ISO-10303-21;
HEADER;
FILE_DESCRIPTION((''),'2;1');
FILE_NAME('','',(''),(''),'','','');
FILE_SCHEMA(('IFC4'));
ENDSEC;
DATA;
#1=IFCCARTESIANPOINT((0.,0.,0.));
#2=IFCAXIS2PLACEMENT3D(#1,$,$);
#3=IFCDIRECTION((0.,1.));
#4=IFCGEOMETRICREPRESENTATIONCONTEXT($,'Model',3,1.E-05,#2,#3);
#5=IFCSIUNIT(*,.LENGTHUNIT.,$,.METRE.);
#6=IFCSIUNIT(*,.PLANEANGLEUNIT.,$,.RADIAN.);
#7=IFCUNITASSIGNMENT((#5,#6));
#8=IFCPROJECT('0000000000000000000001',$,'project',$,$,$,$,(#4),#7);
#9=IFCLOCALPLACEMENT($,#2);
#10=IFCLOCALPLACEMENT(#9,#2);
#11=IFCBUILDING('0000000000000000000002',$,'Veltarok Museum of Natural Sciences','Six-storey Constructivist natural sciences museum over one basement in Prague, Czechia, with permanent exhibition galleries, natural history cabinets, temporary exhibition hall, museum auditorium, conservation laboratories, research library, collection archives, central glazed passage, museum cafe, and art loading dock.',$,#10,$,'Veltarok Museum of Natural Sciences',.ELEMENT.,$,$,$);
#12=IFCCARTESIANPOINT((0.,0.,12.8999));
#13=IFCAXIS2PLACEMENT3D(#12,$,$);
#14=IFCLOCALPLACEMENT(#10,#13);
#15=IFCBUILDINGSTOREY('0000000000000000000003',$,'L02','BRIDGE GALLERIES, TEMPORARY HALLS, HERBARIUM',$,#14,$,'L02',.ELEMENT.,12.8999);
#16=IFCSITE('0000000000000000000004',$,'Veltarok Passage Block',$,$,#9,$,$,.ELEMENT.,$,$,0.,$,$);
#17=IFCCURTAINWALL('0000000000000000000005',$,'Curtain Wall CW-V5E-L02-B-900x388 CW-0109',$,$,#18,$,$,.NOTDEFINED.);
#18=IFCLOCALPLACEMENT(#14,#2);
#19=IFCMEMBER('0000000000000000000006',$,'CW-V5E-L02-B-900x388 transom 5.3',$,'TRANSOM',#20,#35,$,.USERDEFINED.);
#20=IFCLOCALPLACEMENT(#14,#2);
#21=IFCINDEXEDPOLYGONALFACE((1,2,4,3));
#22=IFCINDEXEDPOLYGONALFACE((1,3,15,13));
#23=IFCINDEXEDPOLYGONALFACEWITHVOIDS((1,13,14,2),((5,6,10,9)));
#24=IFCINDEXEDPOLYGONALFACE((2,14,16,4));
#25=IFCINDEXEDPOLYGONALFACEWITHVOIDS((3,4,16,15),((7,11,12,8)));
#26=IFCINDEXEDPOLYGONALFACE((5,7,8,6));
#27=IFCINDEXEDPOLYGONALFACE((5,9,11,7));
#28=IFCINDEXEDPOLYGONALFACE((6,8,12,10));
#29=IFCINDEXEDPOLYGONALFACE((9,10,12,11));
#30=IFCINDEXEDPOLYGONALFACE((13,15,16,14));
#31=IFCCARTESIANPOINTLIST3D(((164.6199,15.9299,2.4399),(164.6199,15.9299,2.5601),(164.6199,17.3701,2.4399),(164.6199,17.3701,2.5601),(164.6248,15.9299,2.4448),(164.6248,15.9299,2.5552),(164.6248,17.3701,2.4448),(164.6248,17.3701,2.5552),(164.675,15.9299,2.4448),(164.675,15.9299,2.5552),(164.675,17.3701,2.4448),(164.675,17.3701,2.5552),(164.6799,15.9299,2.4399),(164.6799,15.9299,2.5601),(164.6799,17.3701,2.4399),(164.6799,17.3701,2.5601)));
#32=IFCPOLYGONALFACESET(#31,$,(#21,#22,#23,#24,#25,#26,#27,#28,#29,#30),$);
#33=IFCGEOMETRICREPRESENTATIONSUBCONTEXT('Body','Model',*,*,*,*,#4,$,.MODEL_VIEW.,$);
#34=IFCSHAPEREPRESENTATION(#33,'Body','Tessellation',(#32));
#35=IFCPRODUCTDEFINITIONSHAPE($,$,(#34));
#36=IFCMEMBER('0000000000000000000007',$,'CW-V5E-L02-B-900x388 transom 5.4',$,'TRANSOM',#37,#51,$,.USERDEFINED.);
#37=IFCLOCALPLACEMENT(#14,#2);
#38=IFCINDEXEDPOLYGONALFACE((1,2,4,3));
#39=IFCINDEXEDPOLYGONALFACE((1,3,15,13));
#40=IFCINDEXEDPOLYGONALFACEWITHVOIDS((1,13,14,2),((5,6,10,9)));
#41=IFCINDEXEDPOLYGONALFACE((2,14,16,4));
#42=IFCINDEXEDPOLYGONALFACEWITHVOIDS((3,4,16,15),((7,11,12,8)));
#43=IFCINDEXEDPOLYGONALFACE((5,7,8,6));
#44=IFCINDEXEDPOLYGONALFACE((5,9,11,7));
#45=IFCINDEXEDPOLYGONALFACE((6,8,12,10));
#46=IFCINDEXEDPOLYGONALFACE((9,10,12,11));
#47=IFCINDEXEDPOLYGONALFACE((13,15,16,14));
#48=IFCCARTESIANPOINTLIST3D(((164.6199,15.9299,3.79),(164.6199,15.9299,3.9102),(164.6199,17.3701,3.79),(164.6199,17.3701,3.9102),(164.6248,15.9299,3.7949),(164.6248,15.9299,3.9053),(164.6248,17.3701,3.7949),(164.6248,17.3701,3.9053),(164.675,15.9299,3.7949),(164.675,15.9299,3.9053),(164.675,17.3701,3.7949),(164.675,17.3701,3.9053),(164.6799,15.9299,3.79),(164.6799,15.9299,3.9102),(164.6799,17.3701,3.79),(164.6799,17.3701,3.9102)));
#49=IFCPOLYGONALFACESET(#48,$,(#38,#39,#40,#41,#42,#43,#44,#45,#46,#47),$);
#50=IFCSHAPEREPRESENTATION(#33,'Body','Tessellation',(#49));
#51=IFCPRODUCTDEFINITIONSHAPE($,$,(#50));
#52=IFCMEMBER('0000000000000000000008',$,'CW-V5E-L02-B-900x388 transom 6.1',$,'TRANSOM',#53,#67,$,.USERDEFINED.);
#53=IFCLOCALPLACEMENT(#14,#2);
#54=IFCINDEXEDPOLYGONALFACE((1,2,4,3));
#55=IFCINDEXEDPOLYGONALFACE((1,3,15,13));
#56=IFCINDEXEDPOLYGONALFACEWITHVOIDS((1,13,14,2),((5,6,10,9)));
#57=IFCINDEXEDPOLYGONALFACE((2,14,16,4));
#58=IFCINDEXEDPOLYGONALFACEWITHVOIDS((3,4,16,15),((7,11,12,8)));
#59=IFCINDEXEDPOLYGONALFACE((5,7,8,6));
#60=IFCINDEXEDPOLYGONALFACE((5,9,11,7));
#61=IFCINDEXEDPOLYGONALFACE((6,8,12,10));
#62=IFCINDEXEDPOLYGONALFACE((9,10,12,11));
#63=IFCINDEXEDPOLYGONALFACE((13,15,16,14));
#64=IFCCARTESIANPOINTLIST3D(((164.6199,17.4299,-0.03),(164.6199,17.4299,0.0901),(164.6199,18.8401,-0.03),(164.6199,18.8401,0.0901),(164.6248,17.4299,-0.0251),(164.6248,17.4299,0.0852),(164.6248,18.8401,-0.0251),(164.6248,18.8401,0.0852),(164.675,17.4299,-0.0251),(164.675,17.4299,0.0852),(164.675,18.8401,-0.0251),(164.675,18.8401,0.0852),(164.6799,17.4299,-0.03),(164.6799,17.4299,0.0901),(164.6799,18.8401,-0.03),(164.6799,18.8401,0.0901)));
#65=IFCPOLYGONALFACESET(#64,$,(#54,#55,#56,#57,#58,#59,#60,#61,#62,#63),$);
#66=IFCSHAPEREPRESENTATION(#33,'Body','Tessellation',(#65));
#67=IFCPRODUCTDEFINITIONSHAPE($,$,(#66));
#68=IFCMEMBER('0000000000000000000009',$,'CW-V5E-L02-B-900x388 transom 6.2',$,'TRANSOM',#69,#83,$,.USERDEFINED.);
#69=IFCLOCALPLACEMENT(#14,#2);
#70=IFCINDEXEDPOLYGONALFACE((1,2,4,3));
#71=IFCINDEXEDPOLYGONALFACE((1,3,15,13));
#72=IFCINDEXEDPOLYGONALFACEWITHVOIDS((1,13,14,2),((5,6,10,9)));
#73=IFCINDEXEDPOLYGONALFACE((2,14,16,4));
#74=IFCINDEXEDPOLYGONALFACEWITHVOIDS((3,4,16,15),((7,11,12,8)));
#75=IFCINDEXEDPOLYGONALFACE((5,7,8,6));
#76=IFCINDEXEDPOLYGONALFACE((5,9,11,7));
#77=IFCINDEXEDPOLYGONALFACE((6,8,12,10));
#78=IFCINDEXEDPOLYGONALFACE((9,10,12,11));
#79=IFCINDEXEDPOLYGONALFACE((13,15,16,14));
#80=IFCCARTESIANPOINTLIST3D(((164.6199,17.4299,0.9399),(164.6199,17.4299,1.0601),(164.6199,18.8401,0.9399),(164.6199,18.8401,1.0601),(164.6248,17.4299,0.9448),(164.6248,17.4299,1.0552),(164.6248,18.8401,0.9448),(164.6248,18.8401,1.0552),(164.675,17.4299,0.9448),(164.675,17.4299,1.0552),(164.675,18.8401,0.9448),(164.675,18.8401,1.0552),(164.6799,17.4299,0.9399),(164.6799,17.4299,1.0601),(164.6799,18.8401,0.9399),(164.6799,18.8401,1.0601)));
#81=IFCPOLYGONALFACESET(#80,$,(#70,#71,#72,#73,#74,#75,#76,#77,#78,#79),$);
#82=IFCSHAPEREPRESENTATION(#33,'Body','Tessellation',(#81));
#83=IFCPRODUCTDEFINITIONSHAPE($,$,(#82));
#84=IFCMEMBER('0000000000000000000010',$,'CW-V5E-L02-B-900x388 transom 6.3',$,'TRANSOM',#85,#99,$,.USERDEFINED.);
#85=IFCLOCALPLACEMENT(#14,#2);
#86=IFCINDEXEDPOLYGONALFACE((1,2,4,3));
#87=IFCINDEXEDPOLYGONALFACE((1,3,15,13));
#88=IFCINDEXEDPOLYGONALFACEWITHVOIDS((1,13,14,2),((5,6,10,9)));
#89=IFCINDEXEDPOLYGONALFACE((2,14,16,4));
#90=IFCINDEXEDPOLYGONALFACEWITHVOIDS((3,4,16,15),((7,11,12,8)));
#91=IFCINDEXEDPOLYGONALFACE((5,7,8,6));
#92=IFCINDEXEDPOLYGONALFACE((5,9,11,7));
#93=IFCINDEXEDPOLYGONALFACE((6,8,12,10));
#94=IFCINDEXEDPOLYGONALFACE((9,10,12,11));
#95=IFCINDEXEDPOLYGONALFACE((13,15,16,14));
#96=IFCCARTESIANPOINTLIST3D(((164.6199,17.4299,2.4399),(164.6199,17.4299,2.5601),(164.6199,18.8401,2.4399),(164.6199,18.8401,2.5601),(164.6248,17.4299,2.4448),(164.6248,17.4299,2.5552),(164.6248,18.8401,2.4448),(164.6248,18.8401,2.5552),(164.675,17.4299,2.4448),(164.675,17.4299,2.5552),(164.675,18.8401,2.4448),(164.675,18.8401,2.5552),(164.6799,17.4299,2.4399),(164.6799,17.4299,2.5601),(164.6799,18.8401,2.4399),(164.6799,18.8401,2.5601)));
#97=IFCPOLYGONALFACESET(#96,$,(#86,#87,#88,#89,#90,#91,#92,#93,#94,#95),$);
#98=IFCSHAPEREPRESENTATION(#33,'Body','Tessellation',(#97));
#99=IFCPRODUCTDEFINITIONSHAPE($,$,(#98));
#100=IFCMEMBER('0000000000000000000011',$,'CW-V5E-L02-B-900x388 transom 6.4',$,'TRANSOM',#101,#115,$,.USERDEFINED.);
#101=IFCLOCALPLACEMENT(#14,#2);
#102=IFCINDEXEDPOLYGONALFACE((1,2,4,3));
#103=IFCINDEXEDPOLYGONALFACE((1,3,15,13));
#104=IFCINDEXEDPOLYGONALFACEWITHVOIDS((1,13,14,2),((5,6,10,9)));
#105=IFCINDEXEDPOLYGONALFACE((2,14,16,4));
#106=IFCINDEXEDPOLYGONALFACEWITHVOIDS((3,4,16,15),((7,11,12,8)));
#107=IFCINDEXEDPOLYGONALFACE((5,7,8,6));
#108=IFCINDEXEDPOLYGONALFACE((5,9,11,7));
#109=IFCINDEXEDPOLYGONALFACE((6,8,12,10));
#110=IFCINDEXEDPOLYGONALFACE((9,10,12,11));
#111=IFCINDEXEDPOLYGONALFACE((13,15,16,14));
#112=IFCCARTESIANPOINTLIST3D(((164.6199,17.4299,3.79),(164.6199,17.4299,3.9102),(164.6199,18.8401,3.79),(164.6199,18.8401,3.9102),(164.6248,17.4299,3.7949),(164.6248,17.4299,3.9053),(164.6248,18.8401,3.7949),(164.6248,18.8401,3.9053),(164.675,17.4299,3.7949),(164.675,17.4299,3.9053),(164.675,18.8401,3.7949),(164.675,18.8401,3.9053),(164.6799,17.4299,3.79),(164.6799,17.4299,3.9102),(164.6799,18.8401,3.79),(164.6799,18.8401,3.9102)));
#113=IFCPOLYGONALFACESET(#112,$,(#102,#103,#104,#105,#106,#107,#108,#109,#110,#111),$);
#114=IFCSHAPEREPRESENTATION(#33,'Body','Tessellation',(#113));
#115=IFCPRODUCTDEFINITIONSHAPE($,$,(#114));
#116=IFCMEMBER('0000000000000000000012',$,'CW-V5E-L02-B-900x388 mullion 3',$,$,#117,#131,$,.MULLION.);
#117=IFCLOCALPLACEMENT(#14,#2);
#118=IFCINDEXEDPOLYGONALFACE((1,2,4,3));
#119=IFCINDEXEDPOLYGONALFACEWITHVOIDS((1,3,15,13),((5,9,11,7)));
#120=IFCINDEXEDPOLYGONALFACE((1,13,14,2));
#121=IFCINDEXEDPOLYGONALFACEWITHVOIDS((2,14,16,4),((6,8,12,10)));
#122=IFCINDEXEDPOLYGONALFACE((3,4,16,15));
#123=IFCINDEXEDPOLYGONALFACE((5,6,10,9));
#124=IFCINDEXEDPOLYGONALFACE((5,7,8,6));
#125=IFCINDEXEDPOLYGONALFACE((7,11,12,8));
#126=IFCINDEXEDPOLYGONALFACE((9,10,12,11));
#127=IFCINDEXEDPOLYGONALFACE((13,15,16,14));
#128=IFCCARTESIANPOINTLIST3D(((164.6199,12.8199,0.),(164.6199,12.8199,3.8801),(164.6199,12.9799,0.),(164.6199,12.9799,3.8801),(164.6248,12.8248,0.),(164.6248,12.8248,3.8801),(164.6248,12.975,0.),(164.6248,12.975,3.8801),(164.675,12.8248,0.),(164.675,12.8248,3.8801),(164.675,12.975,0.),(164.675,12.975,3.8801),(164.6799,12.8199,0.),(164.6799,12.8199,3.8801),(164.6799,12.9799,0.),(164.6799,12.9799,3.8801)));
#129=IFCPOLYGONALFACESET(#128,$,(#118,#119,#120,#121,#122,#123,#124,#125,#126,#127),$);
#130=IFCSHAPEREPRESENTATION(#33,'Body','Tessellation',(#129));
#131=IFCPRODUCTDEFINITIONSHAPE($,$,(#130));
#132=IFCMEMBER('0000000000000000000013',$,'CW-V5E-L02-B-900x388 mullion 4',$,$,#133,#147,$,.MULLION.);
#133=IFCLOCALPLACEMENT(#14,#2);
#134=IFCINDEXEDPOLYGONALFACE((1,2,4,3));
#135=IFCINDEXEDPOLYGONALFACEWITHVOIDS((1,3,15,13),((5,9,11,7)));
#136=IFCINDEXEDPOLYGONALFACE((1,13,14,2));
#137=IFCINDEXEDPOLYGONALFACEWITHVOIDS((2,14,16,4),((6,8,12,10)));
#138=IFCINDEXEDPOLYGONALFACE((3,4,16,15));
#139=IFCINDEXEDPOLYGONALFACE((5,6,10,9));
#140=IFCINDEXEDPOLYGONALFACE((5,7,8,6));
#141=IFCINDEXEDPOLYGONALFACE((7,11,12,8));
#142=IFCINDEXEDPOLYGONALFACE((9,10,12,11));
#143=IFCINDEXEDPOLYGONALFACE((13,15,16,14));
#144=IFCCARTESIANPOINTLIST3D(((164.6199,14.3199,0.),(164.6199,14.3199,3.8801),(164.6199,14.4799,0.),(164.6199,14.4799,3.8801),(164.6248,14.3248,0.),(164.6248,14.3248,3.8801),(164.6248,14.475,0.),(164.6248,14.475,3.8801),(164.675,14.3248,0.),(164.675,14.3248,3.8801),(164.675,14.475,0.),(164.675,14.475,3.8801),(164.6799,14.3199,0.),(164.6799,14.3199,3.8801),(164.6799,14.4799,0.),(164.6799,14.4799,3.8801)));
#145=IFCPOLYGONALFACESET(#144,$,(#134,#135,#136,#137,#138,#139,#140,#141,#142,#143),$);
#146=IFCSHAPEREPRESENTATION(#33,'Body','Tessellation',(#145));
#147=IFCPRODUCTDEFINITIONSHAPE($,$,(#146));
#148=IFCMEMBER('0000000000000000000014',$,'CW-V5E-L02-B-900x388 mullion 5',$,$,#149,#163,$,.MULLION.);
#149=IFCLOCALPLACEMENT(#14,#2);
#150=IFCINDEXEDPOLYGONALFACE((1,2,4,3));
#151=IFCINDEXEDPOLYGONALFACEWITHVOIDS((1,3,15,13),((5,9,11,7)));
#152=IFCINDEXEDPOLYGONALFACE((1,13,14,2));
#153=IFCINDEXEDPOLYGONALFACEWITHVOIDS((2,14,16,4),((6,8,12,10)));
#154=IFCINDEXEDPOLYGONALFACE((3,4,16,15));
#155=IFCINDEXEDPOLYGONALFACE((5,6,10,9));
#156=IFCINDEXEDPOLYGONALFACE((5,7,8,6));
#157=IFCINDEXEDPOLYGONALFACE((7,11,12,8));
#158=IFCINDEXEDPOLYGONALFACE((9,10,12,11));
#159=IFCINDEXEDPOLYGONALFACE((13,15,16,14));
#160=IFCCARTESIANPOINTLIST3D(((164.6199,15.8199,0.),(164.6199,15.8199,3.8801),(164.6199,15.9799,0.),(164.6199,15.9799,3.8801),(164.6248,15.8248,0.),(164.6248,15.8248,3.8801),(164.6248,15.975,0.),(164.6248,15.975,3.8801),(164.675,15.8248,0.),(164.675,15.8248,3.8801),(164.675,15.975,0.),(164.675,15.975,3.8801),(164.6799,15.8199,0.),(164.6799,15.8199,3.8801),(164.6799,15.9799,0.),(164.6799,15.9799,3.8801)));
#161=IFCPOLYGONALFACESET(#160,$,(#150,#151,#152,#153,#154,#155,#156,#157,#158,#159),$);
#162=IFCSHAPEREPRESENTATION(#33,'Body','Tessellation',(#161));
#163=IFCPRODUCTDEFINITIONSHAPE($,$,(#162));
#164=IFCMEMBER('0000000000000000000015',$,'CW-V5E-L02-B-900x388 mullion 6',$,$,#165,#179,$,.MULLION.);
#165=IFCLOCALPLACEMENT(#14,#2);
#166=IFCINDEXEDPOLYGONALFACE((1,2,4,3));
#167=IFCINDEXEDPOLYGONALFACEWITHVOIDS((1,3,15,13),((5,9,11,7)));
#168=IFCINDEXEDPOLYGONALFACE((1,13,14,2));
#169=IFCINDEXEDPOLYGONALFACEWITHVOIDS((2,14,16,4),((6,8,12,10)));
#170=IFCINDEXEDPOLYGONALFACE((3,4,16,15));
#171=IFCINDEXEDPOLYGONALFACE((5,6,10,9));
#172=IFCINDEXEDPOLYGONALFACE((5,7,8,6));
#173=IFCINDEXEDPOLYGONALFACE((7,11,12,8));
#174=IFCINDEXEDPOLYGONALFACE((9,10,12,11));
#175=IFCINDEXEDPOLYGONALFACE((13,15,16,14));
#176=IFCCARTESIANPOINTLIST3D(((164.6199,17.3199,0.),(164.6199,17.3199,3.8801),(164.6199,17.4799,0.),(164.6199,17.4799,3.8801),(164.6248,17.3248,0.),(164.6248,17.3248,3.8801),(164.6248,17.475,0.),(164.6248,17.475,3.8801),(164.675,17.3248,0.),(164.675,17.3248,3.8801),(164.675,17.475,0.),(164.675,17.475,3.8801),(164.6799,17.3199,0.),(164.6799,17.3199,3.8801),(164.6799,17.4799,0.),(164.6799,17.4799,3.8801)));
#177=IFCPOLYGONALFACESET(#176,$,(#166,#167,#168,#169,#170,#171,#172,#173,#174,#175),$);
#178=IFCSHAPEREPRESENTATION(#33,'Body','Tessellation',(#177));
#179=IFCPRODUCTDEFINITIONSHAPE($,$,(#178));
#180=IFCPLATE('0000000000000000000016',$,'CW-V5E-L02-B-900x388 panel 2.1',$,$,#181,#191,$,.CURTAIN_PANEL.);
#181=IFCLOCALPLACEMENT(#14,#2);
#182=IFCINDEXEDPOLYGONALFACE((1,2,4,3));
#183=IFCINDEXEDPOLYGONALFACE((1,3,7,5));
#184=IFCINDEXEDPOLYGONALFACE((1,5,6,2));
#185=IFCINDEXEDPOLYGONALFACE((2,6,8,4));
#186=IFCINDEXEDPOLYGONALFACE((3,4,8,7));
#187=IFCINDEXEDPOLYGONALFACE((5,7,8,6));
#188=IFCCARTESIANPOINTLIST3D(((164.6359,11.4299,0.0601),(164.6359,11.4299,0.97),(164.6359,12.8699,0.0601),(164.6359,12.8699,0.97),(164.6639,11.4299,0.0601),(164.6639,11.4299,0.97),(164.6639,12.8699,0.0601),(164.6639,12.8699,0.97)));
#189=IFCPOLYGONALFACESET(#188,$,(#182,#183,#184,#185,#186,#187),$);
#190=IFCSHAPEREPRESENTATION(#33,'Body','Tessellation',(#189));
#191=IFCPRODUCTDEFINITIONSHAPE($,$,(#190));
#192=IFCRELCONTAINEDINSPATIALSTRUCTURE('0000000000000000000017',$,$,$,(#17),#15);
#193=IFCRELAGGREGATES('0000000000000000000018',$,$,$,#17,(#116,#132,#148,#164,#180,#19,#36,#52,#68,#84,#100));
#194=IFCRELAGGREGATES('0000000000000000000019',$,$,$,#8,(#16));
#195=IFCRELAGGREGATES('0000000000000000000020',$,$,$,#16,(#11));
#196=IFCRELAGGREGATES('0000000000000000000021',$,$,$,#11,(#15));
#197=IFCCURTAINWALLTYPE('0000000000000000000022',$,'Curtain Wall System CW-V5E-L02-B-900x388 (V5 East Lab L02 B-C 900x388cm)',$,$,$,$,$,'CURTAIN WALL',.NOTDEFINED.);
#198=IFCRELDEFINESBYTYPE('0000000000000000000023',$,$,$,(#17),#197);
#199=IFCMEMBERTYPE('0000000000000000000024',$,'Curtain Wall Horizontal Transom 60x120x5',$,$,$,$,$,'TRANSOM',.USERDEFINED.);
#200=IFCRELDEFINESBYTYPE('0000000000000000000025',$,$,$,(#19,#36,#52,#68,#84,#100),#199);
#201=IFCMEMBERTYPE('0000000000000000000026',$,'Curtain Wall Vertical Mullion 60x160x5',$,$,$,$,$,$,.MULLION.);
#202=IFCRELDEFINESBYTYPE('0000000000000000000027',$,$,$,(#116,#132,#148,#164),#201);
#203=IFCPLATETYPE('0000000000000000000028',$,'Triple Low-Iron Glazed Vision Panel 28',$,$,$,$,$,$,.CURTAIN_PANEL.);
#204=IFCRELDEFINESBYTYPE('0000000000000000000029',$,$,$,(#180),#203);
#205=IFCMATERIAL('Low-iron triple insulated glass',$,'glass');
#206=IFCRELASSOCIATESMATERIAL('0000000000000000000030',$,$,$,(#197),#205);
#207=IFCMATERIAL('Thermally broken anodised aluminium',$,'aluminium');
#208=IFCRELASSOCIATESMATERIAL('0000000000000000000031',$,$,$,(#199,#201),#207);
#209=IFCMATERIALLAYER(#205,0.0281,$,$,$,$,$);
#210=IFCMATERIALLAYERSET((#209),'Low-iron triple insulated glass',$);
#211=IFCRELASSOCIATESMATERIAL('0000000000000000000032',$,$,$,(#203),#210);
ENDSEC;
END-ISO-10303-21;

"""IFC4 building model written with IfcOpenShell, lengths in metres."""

from ifc_helpers import new_model, si_unit, direction, frame, origin, origin_2d, place, context, subcontext, project, spatial, rectangle, hollow_rectangle, extrude, material, layer, layer_set, material_profile, profile_set, type_object, element, aggregate, save


model = new_model("IFC4")

# Units and contexts
model_context = context("Model", 3, precision=1e-05, world=origin(), true_north=direction((0.0, 1.0)))
body_context = subcontext(model_context, "Body", "Model", "MODEL_VIEW")
ifc_project = project(units=[si_unit("LENGTHUNIT", "METRE"), si_unit("PLANEANGLEUNIT", "RADIAN")], contexts=[model_context])

# Site, building, storey
site_placement = place(None, origin())
site = spatial("IfcSite", under=ifc_project, at=site_placement, Name="Veltarok Passage Block", CompositionType="ELEMENT", RefElevation=0.0)
building_placement = place(site_placement, origin())
building = spatial("IfcBuilding", under=site, at=building_placement, Name="Veltarok Museum of Natural Sciences", Description="Six-storey Constructivist natural sciences museum over one basement in Prague, Czechia, with permanent exhibition galleries, natural history cabinets, temporary exhibition hall, museum auditorium, conservation laboratories, research library, collection archives, central glazed passage, museum cafe, and art loading dock.", LongName="Veltarok Museum of Natural Sciences", CompositionType="ELEMENT")
storey_placement = place(building_placement, frame((0.0, 0.0, 12.8999)))
storey = spatial("IfcBuildingStorey", under=building, at=storey_placement, Name="L02", Description="BRIDGE GALLERIES, TEMPORARY HALLS, HERBARIUM", LongName="L02", CompositionType="ELEMENT", Elevation=12.8999)

# Curtain wall, members, plate
ifc_material_1 = material(Name="Low-iron triple insulated glass", Category="glass")
curtain_wall_type = type_object("IfcCurtainWallType", Name="Curtain Wall System CW-V5E-L02-B-900x388 (V5 East Lab L02 B-C 900x388cm)", ElementType="CURTAIN WALL", PredefinedType="NOTDEFINED", material=ifc_material_1)
curtain_wall_placement = place(storey_placement, origin())
curtain_wall = element("IfcCurtainWall", 1, at=curtain_wall_placement, inside=storey, type_object=curtain_wall_type, Name="Curtain Wall CW-V5E-L02-B-900x388 CW-0109", PredefinedType="NOTDEFINED")
ifc_material_2 = material(Name="Thermally broken anodised aluminium", Category="aluminium")
ifc_material_profile_1 = material_profile(ifc_material_2, hollow_rectangle(XDim=0.0601, YDim=0.1201, WallThickness=0.0049, at=origin_2d()), Name="CW TRANSOM 60x120x5")
ifc_profile_set_1 = profile_set([ifc_material_profile_1], Name="Thermally broken anodised aluminium")
member_type_1 = type_object("IfcMemberType", Name="Curtain Wall Horizontal Transom 60x120x5", ElementType="TRANSOM", PredefinedType="USERDEFINED", material=ifc_profile_set_1)
member_1_placement = place(storey_placement, frame((164.6499, 15.9299, 2.5), z_axis=(0.0, 1.0, 0.0), x_axis=(-1.0, 0.0, 0.0)))
member_1 = element("IfcMember", 2, at=member_1_placement, type_object=member_type_1, Name="CW-V5E-L02-B-900x388 transom 5.3", ObjectType="TRANSOM", PredefinedType="USERDEFINED", context=body_context, shape_type="SweptSolid", body=[
    extrude(hollow_rectangle(XDim=0.0601, YDim=0.1201, WallThickness=0.0049, at=origin_2d()), origin(), (0.0, 0.0, 1.0), 1.4402),
])
member_2_placement = place(storey_placement, frame((164.6499, 15.9299, 3.8501), z_axis=(0.0, 1.0, 0.0), x_axis=(-1.0, 0.0, 0.0)))
member_2 = element("IfcMember", 3, at=member_2_placement, type_object=member_type_1, Name="CW-V5E-L02-B-900x388 transom 5.4", ObjectType="TRANSOM", PredefinedType="USERDEFINED", context=body_context, shape_type="SweptSolid", body=[
    extrude(hollow_rectangle(XDim=0.0601, YDim=0.1201, WallThickness=0.0049, at=origin_2d()), origin(), (0.0, 0.0, 1.0), 1.4402),
])
member_3_placement = place(storey_placement, frame((164.6499, 17.4299, 0.03), z_axis=(0.0, 1.0, 0.0), x_axis=(-1.0, 0.0, 0.0)))
member_3 = element("IfcMember", 4, at=member_3_placement, type_object=member_type_1, Name="CW-V5E-L02-B-900x388 transom 6.1", ObjectType="TRANSOM", PredefinedType="USERDEFINED", context=body_context, shape_type="SweptSolid", body=[
    extrude(hollow_rectangle(XDim=0.0601, YDim=0.1201, WallThickness=0.0049, at=origin_2d()), origin(), (0.0, 0.0, 1.0), 1.4102),
])
member_4_placement = place(storey_placement, frame((164.6499, 17.4299, 1.0), z_axis=(0.0, 1.0, 0.0), x_axis=(-1.0, 0.0, 0.0)))
member_4 = element("IfcMember", 5, at=member_4_placement, type_object=member_type_1, Name="CW-V5E-L02-B-900x388 transom 6.2", ObjectType="TRANSOM", PredefinedType="USERDEFINED", context=body_context, shape_type="SweptSolid", body=[
    extrude(hollow_rectangle(XDim=0.0601, YDim=0.1201, WallThickness=0.0049, at=origin_2d()), origin(), (0.0, 0.0, 1.0), 1.4102),
])
member_5_placement = place(storey_placement, frame((164.6499, 17.4299, 2.5), z_axis=(0.0, 1.0, 0.0), x_axis=(-1.0, 0.0, 0.0)))
member_5 = element("IfcMember", 6, at=member_5_placement, type_object=member_type_1, Name="CW-V5E-L02-B-900x388 transom 6.3", ObjectType="TRANSOM", PredefinedType="USERDEFINED", context=body_context, shape_type="SweptSolid", body=[
    extrude(hollow_rectangle(XDim=0.0601, YDim=0.1201, WallThickness=0.0049, at=origin_2d()), origin(), (0.0, 0.0, 1.0), 1.4102),
])
member_6_placement = place(storey_placement, frame((164.6499, 17.4299, 3.8501), z_axis=(0.0, 1.0, 0.0), x_axis=(-1.0, 0.0, 0.0)))
member_6 = element("IfcMember", 7, at=member_6_placement, type_object=member_type_1, Name="CW-V5E-L02-B-900x388 transom 6.4", ObjectType="TRANSOM", PredefinedType="USERDEFINED", context=body_context, shape_type="SweptSolid", body=[
    extrude(hollow_rectangle(XDim=0.0601, YDim=0.1201, WallThickness=0.0049, at=origin_2d()), origin(), (0.0, 0.0, 1.0), 1.4102),
])
ifc_material_profile_2 = material_profile(ifc_material_2, hollow_rectangle(XDim=0.0601, YDim=0.1599, WallThickness=0.0049, at=origin_2d()), Name="CW MULLION 60x160x5")
ifc_profile_set_2 = profile_set([ifc_material_profile_2], Name="Thermally broken anodised aluminium")
member_type_2 = type_object("IfcMemberType", Name="Curtain Wall Vertical Mullion 60x160x5", PredefinedType="MULLION", material=ifc_profile_set_2)
member_7_placement = place(storey_placement, frame((164.6499, 12.8999, 0.0), z_axis=(0.0, 0.0, 1.0), x_axis=(-1.0, 0.0, 0.0)))
member_7 = element("IfcMember", 8, at=member_7_placement, type_object=member_type_2, Name="CW-V5E-L02-B-900x388 mullion 3", PredefinedType="MULLION", context=body_context, shape_type="SweptSolid", body=[
    extrude(hollow_rectangle(XDim=0.0601, YDim=0.1599, WallThickness=0.0049, at=origin_2d()), origin(), (0.0, 0.0, 1.0), 3.8801),
])
member_8_placement = place(storey_placement, frame((164.6499, 14.3999, 0.0), z_axis=(0.0, 0.0, 1.0), x_axis=(-1.0, 0.0, 0.0)))
member_8 = element("IfcMember", 9, at=member_8_placement, type_object=member_type_2, Name="CW-V5E-L02-B-900x388 mullion 4", PredefinedType="MULLION", context=body_context, shape_type="SweptSolid", body=[
    extrude(hollow_rectangle(XDim=0.0601, YDim=0.1599, WallThickness=0.0049, at=origin_2d()), origin(), (0.0, 0.0, 1.0), 3.8801),
])
member_9_placement = place(storey_placement, frame((164.6499, 15.8999, 0.0), z_axis=(0.0, 0.0, 1.0), x_axis=(-1.0, 0.0, 0.0)))
member_9 = element("IfcMember", 10, at=member_9_placement, type_object=member_type_2, Name="CW-V5E-L02-B-900x388 mullion 5", PredefinedType="MULLION", context=body_context, shape_type="SweptSolid", body=[
    extrude(hollow_rectangle(XDim=0.0601, YDim=0.1599, WallThickness=0.0049, at=origin_2d()), origin(), (0.0, 0.0, 1.0), 3.8801),
])
member_10_placement = place(storey_placement, frame((164.6499, 17.3999, 0.0), z_axis=(0.0, 0.0, 1.0), x_axis=(-1.0, 0.0, 0.0)))
member_10 = element("IfcMember", 11, at=member_10_placement, type_object=member_type_2, Name="CW-V5E-L02-B-900x388 mullion 6", PredefinedType="MULLION", context=body_context, shape_type="SweptSolid", body=[
    extrude(hollow_rectangle(XDim=0.0601, YDim=0.1599, WallThickness=0.0049, at=origin_2d()), origin(), (0.0, 0.0, 1.0), 3.8801),
])
ifc_layer = layer(ifc_material_1, 0.0281)
ifc_layer_set = layer_set([ifc_layer], Name="Low-iron triple insulated glass")
plate_type = type_object("IfcPlateType", Name="Triple Low-Iron Glazed Vision Panel 28", PredefinedType="CURTAIN_PANEL", material=ifc_layer_set)
plate_1_placement = place(storey_placement, frame((164.6499, 12.1499, 0.0601), z_axis=(0.0, 0.0, 1.0), x_axis=(0.0, 1.0, 0.0)))
plate_1 = element("IfcPlate", 12, at=plate_1_placement, type_object=plate_type, Name="CW-V5E-L02-B-900x388 panel 2.1", PredefinedType="CURTAIN_PANEL", context=body_context, shape_type="SweptSolid", body=[
    extrude(rectangle(XDim=1.4399, YDim=0.0281, at=origin_2d()), origin(), (0.0, 0.0, 1.0), 0.9099),
])
aggregate(curtain_wall, [member_7, member_8, member_9, member_10, plate_1, member_1, member_2, member_3, member_4, member_5, member_6])

save(model, "model.ifc")
